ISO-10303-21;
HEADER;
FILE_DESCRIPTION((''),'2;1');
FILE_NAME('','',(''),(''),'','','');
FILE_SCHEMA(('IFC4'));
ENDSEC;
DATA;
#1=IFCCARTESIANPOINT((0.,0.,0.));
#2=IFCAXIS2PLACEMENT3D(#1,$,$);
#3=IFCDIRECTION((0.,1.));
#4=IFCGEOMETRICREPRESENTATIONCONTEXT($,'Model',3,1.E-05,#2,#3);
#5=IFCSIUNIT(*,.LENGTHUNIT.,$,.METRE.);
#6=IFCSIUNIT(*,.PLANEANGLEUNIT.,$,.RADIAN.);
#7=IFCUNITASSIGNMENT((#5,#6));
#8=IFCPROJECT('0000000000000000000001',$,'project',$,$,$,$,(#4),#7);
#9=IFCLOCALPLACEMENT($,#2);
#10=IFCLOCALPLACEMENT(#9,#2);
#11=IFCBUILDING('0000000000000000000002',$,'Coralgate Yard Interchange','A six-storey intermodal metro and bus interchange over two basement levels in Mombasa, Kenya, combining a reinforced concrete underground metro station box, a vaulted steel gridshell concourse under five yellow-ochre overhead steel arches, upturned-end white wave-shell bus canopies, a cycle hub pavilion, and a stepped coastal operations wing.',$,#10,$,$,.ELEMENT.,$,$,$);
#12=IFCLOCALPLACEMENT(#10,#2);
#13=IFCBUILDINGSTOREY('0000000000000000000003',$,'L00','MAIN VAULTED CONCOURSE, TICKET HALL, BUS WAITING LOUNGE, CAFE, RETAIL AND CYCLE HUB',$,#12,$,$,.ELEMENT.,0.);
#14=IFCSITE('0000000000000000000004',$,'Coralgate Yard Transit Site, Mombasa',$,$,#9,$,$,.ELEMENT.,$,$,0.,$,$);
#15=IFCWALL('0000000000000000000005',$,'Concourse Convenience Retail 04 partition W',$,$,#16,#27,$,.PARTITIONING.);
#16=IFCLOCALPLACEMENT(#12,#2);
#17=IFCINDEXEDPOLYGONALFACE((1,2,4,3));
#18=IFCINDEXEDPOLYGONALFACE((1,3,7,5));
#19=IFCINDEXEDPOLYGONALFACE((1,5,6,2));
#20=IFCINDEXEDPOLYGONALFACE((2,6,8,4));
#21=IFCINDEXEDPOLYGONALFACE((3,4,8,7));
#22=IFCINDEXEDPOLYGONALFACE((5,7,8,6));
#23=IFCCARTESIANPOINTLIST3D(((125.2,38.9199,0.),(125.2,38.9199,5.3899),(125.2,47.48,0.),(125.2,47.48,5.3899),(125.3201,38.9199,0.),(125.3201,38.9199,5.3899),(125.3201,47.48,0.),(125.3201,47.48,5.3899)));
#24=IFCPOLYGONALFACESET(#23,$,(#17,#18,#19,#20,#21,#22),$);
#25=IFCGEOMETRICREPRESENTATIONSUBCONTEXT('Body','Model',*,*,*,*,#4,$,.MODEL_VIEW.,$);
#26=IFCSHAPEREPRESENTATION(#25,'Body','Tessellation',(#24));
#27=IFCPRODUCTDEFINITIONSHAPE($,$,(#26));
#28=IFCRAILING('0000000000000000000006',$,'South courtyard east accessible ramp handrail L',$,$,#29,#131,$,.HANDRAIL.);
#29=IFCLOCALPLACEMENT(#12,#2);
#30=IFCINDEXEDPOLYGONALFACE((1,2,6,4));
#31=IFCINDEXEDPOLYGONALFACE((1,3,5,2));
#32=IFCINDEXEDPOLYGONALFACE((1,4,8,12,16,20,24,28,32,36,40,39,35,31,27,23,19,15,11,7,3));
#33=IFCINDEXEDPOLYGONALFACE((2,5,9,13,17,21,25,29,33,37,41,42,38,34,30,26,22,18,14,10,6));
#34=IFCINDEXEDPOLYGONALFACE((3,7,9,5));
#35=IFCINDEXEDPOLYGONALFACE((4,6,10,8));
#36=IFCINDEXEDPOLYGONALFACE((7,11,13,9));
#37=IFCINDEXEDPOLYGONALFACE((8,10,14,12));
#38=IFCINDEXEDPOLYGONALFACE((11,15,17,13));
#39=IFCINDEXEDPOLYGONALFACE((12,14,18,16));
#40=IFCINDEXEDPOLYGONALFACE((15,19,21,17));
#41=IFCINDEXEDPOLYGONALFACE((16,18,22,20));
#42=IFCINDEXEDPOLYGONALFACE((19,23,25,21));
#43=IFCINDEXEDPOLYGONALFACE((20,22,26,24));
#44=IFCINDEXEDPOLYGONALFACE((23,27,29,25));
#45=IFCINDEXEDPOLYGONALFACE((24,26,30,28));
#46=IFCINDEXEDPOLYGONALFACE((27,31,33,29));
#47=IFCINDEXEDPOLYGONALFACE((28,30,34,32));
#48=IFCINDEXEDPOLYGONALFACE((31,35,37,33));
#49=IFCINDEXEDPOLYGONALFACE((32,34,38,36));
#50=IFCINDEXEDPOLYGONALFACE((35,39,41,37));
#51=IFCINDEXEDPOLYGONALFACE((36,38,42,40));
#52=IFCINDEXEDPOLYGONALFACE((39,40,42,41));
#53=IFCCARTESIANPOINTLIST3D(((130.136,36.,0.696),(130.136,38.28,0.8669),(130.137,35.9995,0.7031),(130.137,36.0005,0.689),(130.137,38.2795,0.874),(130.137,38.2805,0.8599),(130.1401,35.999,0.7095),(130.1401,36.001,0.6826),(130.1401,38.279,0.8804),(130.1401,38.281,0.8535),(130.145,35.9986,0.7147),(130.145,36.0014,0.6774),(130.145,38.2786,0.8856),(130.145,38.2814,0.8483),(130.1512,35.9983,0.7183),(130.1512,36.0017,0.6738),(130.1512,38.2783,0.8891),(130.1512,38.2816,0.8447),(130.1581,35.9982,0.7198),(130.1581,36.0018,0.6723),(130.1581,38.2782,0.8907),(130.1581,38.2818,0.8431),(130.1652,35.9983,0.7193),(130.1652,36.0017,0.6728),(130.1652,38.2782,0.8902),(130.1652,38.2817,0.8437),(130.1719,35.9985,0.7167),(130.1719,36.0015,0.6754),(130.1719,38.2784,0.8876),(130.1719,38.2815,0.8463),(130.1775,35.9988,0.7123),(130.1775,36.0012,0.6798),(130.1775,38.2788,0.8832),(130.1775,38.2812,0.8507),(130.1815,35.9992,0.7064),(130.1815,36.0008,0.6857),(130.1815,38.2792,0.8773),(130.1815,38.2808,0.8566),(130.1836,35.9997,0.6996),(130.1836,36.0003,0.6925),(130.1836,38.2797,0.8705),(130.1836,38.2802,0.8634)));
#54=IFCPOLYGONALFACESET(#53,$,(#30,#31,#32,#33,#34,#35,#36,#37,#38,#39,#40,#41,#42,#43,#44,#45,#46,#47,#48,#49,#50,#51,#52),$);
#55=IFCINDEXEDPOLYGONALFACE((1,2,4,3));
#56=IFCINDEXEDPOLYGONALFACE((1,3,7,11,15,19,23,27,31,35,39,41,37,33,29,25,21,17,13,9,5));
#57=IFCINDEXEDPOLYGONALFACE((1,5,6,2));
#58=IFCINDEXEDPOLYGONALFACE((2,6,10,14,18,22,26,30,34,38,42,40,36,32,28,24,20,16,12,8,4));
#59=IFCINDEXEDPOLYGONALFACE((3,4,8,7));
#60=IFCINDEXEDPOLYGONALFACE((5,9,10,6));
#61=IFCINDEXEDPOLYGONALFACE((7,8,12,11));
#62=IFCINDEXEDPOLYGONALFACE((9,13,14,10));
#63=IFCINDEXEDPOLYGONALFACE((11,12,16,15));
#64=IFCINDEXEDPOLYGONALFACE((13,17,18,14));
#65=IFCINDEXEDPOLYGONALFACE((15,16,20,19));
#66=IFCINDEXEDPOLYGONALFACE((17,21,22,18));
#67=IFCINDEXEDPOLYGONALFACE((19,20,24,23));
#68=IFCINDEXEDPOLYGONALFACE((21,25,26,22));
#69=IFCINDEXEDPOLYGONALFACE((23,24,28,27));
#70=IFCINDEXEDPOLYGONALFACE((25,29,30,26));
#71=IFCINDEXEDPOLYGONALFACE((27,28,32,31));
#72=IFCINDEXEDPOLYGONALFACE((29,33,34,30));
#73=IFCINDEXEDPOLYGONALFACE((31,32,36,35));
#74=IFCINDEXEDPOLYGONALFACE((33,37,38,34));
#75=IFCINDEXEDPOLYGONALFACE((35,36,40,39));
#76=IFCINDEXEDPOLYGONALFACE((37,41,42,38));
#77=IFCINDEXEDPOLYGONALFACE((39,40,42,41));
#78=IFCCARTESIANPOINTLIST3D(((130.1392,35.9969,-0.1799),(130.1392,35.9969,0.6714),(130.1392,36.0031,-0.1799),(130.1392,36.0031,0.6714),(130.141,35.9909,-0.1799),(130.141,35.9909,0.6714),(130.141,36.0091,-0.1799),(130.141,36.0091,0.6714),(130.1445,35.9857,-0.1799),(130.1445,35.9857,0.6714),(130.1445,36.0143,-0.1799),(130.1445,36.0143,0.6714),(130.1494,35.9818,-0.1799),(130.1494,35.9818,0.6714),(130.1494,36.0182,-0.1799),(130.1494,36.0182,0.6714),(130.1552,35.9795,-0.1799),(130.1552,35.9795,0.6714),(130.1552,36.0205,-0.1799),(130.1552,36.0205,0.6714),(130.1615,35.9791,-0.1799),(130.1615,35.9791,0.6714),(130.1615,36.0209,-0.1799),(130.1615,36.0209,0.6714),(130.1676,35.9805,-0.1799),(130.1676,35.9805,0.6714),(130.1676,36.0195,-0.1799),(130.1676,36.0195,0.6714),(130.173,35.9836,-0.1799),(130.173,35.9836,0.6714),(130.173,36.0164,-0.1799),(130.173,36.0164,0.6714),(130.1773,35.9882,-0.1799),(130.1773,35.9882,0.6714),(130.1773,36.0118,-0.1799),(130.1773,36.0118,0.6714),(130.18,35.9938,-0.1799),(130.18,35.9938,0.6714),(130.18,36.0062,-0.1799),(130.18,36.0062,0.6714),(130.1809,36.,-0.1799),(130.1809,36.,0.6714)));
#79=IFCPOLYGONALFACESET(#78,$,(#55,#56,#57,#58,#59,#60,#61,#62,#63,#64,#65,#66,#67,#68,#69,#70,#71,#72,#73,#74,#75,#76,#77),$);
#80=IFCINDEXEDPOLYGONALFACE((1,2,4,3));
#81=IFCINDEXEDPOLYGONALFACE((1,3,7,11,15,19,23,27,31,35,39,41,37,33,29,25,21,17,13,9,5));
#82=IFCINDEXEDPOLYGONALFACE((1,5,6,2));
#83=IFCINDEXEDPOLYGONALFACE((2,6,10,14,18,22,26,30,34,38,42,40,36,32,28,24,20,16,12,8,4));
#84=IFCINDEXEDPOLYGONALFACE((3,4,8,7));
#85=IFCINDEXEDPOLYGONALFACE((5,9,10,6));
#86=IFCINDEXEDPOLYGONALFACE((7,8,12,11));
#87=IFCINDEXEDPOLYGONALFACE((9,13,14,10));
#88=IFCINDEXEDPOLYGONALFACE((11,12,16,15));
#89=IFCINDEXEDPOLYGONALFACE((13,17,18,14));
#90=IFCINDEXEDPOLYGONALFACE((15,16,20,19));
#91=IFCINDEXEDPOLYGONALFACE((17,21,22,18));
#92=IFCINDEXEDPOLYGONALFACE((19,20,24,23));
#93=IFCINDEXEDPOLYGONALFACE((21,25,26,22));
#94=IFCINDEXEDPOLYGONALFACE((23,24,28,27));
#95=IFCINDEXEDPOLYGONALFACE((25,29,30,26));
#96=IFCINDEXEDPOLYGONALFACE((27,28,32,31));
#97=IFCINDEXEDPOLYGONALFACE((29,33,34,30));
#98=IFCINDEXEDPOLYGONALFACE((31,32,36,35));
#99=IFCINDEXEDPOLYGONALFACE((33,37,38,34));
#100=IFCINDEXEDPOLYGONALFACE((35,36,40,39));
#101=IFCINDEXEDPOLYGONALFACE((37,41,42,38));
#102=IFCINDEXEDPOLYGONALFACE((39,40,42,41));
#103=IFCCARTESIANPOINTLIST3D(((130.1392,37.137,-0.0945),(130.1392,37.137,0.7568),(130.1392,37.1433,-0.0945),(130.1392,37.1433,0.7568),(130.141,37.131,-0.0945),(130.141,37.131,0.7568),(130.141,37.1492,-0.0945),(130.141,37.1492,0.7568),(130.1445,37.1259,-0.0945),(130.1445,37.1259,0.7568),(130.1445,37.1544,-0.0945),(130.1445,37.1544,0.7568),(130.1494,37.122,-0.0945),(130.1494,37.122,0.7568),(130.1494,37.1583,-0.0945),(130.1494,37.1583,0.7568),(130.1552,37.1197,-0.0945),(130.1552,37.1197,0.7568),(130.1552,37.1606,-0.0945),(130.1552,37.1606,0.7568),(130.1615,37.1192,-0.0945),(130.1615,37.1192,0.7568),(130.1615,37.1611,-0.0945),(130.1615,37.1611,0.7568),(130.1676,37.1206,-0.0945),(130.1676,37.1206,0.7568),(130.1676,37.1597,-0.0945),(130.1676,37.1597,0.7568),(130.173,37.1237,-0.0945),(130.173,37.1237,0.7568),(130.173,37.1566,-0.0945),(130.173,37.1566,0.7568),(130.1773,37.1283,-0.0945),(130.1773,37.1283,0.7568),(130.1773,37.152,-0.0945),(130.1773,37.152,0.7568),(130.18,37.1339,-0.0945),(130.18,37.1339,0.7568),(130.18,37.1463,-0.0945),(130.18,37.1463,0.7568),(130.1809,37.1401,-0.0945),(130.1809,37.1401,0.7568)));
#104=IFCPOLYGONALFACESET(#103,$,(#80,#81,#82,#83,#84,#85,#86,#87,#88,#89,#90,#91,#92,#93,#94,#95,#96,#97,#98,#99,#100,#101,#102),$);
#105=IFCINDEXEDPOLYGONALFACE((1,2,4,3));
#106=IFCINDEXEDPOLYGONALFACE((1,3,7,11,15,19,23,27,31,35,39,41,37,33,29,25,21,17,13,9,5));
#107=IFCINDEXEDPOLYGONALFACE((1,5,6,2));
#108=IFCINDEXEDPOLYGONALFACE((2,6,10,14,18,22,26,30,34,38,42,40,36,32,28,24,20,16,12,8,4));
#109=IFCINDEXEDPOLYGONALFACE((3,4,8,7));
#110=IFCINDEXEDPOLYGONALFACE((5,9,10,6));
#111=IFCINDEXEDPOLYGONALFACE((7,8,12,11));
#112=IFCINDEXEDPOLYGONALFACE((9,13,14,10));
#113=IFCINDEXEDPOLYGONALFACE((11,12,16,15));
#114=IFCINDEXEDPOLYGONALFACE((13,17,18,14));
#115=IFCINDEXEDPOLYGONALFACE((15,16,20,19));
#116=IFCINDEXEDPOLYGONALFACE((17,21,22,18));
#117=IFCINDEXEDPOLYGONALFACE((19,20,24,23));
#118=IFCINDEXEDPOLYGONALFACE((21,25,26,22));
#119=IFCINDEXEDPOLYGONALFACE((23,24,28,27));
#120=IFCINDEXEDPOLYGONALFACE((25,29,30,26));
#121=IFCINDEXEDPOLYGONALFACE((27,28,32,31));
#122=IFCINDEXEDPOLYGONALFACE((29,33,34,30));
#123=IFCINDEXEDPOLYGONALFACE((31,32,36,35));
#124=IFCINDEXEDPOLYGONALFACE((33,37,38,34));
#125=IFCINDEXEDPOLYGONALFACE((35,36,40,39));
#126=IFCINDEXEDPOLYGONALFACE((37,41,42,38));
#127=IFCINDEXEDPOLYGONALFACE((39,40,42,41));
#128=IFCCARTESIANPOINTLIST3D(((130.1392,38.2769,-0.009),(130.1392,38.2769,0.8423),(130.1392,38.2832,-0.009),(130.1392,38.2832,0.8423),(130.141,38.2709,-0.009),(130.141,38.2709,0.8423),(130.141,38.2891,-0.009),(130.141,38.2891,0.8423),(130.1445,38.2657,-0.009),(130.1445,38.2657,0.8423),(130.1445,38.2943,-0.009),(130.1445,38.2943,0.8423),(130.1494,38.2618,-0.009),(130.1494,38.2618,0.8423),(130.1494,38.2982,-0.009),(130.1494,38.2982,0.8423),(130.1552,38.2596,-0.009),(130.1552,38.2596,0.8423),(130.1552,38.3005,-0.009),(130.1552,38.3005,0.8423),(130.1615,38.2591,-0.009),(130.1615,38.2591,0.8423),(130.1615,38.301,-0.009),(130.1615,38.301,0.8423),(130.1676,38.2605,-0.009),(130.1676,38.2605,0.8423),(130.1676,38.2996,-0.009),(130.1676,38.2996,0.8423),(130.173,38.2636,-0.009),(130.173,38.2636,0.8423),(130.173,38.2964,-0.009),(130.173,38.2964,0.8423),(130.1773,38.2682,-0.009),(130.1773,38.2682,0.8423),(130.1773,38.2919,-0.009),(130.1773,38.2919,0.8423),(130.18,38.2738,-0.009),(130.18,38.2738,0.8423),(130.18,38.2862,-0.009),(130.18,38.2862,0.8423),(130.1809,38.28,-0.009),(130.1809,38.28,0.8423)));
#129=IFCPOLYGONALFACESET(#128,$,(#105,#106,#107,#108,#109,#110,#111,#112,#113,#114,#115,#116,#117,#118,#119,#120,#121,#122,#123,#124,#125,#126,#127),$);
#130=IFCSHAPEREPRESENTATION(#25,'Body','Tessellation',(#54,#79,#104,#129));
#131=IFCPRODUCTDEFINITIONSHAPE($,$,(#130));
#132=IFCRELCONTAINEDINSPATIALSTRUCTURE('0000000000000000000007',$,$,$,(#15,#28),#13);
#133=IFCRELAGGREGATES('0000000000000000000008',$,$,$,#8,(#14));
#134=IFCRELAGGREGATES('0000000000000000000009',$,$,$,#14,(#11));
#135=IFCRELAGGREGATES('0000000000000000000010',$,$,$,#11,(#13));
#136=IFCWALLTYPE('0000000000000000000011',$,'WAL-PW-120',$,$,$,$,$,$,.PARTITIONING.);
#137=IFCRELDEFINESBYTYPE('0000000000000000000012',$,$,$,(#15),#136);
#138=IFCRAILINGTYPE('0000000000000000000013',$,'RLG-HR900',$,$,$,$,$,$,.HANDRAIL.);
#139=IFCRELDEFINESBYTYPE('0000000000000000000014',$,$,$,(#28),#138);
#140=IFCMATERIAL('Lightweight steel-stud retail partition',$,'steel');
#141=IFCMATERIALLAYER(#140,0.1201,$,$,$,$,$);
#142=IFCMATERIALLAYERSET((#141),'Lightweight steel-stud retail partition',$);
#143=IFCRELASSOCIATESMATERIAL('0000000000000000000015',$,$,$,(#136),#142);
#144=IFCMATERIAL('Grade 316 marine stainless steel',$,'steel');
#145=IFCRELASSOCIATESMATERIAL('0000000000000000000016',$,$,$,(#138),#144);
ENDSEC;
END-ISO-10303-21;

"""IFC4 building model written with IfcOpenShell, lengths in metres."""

from ifc_helpers import new_model, si_unit, direction, frame, frame_2d, origin, origin_2d, place, context, subcontext, project, spatial, rectangle, circle, extrude, material, layer, layer_set, type_object, element, save


model = new_model("IFC4")

# Units and contexts
model_context = context("Model", 3, precision=1e-05, world=origin(), true_north=direction((0.0, 1.0)))
body_context = subcontext(model_context, "Body", "Model", "MODEL_VIEW")
ifc_project = project(units=[si_unit("LENGTHUNIT", "METRE"), si_unit("PLANEANGLEUNIT", "RADIAN")], contexts=[model_context])

# Site, building, storey
site_placement = place(None, origin())
site = spatial("IfcSite", under=ifc_project, at=site_placement, Name="Coralgate Yard Transit Site, Mombasa", CompositionType="ELEMENT", RefElevation=0.0)
building_placement = place(site_placement, origin())
building = spatial("IfcBuilding", under=site, at=building_placement, Name="Coralgate Yard Interchange", Description="A six-storey intermodal metro and bus interchange over two basement levels in Mombasa, Kenya, combining a reinforced concrete underground metro station box, a vaulted steel gridshell concourse under five yellow-ochre overhead steel arches, upturned-end white wave-shell bus canopies, a cycle hub pavilion, and a stepped coastal operations wing.", CompositionType="ELEMENT")
storey_placement = place(building_placement, origin())
storey = spatial("IfcBuildingStorey", under=building, at=storey_placement, Name="L00", Description="MAIN VAULTED CONCOURSE, TICKET HALL, BUS WAITING LOUNGE, CAFE, RETAIL AND CYCLE HUB", CompositionType="ELEMENT", Elevation=0.0)

# Shared definitions
ifc_material_1 = material(Name="Lightweight steel-stud retail partition", Category="steel")
ifc_layer_1 = layer(ifc_material_1, 0.1201)
ifc_layer_set_1 = layer_set([ifc_layer_1], Name="Lightweight steel-stud retail partition")
wall_type = type_object("IfcWallType", Name="WAL-PW-120", PredefinedType="PARTITIONING", material=ifc_layer_set_1)

# Wall
wall_1_placement = place(storey_placement, frame((125.26, 38.9199, 0.0), z_axis=(0.0, 0.0, 1.0), x_axis=(0.0, 1.0, 0.0)))
element("IfcWall", 1, at=wall_1_placement, inside=storey, type_object=wall_type, Name="Concourse Convenience Retail 04 partition W", PredefinedType="PARTITIONING", context=body_context, shape_type="SweptSolid", body=[
    extrude(rectangle(XDim=8.5601, YDim=0.1201, at=frame_2d((4.28, 0.0))), origin(), (0.0, 0.0, 1.0), 5.3899),
])

# Railing
ifc_material_2 = material(Name="Grade 316 marine stainless steel", Category="steel")
railing_type = type_object("IfcRailingType", Name="RLG-HR900", PredefinedType="HANDRAIL", material=ifc_material_2)
railing_placement = place(storey_placement, frame((130.1599, 36.0, -0.1799)))
element("IfcRailing", 2, at=railing_placement, inside=storey, type_object=railing_type, Name="South courtyard east accessible ramp handrail L", PredefinedType="HANDRAIL", context=body_context, shape_type="SweptSolid", body=[
    extrude(circle(Radius=0.0239, at=origin_2d()), frame((0.0, 0.0, 0.876), z_axis=(0.0, 0.997203, 0.074745), x_axis=(-1.0, 0.0, 0.0)), (0.0, 0.0, 1.0), 2.2864),
    extrude(circle(Radius=0.021, at=origin_2d()), origin(), (0.0, 0.0, 1.0), 0.8513),
    extrude(circle(Radius=0.021, at=origin_2d()), frame((0.0, 1.1401, 0.0854)), (0.0, 0.0, 1.0), 0.8513),
    extrude(circle(Radius=0.021, at=origin_2d()), frame((0.0, 2.28, 0.1709)), (0.0, 0.0, 1.0), 0.8513),
])

save(model, "model.ifc")
